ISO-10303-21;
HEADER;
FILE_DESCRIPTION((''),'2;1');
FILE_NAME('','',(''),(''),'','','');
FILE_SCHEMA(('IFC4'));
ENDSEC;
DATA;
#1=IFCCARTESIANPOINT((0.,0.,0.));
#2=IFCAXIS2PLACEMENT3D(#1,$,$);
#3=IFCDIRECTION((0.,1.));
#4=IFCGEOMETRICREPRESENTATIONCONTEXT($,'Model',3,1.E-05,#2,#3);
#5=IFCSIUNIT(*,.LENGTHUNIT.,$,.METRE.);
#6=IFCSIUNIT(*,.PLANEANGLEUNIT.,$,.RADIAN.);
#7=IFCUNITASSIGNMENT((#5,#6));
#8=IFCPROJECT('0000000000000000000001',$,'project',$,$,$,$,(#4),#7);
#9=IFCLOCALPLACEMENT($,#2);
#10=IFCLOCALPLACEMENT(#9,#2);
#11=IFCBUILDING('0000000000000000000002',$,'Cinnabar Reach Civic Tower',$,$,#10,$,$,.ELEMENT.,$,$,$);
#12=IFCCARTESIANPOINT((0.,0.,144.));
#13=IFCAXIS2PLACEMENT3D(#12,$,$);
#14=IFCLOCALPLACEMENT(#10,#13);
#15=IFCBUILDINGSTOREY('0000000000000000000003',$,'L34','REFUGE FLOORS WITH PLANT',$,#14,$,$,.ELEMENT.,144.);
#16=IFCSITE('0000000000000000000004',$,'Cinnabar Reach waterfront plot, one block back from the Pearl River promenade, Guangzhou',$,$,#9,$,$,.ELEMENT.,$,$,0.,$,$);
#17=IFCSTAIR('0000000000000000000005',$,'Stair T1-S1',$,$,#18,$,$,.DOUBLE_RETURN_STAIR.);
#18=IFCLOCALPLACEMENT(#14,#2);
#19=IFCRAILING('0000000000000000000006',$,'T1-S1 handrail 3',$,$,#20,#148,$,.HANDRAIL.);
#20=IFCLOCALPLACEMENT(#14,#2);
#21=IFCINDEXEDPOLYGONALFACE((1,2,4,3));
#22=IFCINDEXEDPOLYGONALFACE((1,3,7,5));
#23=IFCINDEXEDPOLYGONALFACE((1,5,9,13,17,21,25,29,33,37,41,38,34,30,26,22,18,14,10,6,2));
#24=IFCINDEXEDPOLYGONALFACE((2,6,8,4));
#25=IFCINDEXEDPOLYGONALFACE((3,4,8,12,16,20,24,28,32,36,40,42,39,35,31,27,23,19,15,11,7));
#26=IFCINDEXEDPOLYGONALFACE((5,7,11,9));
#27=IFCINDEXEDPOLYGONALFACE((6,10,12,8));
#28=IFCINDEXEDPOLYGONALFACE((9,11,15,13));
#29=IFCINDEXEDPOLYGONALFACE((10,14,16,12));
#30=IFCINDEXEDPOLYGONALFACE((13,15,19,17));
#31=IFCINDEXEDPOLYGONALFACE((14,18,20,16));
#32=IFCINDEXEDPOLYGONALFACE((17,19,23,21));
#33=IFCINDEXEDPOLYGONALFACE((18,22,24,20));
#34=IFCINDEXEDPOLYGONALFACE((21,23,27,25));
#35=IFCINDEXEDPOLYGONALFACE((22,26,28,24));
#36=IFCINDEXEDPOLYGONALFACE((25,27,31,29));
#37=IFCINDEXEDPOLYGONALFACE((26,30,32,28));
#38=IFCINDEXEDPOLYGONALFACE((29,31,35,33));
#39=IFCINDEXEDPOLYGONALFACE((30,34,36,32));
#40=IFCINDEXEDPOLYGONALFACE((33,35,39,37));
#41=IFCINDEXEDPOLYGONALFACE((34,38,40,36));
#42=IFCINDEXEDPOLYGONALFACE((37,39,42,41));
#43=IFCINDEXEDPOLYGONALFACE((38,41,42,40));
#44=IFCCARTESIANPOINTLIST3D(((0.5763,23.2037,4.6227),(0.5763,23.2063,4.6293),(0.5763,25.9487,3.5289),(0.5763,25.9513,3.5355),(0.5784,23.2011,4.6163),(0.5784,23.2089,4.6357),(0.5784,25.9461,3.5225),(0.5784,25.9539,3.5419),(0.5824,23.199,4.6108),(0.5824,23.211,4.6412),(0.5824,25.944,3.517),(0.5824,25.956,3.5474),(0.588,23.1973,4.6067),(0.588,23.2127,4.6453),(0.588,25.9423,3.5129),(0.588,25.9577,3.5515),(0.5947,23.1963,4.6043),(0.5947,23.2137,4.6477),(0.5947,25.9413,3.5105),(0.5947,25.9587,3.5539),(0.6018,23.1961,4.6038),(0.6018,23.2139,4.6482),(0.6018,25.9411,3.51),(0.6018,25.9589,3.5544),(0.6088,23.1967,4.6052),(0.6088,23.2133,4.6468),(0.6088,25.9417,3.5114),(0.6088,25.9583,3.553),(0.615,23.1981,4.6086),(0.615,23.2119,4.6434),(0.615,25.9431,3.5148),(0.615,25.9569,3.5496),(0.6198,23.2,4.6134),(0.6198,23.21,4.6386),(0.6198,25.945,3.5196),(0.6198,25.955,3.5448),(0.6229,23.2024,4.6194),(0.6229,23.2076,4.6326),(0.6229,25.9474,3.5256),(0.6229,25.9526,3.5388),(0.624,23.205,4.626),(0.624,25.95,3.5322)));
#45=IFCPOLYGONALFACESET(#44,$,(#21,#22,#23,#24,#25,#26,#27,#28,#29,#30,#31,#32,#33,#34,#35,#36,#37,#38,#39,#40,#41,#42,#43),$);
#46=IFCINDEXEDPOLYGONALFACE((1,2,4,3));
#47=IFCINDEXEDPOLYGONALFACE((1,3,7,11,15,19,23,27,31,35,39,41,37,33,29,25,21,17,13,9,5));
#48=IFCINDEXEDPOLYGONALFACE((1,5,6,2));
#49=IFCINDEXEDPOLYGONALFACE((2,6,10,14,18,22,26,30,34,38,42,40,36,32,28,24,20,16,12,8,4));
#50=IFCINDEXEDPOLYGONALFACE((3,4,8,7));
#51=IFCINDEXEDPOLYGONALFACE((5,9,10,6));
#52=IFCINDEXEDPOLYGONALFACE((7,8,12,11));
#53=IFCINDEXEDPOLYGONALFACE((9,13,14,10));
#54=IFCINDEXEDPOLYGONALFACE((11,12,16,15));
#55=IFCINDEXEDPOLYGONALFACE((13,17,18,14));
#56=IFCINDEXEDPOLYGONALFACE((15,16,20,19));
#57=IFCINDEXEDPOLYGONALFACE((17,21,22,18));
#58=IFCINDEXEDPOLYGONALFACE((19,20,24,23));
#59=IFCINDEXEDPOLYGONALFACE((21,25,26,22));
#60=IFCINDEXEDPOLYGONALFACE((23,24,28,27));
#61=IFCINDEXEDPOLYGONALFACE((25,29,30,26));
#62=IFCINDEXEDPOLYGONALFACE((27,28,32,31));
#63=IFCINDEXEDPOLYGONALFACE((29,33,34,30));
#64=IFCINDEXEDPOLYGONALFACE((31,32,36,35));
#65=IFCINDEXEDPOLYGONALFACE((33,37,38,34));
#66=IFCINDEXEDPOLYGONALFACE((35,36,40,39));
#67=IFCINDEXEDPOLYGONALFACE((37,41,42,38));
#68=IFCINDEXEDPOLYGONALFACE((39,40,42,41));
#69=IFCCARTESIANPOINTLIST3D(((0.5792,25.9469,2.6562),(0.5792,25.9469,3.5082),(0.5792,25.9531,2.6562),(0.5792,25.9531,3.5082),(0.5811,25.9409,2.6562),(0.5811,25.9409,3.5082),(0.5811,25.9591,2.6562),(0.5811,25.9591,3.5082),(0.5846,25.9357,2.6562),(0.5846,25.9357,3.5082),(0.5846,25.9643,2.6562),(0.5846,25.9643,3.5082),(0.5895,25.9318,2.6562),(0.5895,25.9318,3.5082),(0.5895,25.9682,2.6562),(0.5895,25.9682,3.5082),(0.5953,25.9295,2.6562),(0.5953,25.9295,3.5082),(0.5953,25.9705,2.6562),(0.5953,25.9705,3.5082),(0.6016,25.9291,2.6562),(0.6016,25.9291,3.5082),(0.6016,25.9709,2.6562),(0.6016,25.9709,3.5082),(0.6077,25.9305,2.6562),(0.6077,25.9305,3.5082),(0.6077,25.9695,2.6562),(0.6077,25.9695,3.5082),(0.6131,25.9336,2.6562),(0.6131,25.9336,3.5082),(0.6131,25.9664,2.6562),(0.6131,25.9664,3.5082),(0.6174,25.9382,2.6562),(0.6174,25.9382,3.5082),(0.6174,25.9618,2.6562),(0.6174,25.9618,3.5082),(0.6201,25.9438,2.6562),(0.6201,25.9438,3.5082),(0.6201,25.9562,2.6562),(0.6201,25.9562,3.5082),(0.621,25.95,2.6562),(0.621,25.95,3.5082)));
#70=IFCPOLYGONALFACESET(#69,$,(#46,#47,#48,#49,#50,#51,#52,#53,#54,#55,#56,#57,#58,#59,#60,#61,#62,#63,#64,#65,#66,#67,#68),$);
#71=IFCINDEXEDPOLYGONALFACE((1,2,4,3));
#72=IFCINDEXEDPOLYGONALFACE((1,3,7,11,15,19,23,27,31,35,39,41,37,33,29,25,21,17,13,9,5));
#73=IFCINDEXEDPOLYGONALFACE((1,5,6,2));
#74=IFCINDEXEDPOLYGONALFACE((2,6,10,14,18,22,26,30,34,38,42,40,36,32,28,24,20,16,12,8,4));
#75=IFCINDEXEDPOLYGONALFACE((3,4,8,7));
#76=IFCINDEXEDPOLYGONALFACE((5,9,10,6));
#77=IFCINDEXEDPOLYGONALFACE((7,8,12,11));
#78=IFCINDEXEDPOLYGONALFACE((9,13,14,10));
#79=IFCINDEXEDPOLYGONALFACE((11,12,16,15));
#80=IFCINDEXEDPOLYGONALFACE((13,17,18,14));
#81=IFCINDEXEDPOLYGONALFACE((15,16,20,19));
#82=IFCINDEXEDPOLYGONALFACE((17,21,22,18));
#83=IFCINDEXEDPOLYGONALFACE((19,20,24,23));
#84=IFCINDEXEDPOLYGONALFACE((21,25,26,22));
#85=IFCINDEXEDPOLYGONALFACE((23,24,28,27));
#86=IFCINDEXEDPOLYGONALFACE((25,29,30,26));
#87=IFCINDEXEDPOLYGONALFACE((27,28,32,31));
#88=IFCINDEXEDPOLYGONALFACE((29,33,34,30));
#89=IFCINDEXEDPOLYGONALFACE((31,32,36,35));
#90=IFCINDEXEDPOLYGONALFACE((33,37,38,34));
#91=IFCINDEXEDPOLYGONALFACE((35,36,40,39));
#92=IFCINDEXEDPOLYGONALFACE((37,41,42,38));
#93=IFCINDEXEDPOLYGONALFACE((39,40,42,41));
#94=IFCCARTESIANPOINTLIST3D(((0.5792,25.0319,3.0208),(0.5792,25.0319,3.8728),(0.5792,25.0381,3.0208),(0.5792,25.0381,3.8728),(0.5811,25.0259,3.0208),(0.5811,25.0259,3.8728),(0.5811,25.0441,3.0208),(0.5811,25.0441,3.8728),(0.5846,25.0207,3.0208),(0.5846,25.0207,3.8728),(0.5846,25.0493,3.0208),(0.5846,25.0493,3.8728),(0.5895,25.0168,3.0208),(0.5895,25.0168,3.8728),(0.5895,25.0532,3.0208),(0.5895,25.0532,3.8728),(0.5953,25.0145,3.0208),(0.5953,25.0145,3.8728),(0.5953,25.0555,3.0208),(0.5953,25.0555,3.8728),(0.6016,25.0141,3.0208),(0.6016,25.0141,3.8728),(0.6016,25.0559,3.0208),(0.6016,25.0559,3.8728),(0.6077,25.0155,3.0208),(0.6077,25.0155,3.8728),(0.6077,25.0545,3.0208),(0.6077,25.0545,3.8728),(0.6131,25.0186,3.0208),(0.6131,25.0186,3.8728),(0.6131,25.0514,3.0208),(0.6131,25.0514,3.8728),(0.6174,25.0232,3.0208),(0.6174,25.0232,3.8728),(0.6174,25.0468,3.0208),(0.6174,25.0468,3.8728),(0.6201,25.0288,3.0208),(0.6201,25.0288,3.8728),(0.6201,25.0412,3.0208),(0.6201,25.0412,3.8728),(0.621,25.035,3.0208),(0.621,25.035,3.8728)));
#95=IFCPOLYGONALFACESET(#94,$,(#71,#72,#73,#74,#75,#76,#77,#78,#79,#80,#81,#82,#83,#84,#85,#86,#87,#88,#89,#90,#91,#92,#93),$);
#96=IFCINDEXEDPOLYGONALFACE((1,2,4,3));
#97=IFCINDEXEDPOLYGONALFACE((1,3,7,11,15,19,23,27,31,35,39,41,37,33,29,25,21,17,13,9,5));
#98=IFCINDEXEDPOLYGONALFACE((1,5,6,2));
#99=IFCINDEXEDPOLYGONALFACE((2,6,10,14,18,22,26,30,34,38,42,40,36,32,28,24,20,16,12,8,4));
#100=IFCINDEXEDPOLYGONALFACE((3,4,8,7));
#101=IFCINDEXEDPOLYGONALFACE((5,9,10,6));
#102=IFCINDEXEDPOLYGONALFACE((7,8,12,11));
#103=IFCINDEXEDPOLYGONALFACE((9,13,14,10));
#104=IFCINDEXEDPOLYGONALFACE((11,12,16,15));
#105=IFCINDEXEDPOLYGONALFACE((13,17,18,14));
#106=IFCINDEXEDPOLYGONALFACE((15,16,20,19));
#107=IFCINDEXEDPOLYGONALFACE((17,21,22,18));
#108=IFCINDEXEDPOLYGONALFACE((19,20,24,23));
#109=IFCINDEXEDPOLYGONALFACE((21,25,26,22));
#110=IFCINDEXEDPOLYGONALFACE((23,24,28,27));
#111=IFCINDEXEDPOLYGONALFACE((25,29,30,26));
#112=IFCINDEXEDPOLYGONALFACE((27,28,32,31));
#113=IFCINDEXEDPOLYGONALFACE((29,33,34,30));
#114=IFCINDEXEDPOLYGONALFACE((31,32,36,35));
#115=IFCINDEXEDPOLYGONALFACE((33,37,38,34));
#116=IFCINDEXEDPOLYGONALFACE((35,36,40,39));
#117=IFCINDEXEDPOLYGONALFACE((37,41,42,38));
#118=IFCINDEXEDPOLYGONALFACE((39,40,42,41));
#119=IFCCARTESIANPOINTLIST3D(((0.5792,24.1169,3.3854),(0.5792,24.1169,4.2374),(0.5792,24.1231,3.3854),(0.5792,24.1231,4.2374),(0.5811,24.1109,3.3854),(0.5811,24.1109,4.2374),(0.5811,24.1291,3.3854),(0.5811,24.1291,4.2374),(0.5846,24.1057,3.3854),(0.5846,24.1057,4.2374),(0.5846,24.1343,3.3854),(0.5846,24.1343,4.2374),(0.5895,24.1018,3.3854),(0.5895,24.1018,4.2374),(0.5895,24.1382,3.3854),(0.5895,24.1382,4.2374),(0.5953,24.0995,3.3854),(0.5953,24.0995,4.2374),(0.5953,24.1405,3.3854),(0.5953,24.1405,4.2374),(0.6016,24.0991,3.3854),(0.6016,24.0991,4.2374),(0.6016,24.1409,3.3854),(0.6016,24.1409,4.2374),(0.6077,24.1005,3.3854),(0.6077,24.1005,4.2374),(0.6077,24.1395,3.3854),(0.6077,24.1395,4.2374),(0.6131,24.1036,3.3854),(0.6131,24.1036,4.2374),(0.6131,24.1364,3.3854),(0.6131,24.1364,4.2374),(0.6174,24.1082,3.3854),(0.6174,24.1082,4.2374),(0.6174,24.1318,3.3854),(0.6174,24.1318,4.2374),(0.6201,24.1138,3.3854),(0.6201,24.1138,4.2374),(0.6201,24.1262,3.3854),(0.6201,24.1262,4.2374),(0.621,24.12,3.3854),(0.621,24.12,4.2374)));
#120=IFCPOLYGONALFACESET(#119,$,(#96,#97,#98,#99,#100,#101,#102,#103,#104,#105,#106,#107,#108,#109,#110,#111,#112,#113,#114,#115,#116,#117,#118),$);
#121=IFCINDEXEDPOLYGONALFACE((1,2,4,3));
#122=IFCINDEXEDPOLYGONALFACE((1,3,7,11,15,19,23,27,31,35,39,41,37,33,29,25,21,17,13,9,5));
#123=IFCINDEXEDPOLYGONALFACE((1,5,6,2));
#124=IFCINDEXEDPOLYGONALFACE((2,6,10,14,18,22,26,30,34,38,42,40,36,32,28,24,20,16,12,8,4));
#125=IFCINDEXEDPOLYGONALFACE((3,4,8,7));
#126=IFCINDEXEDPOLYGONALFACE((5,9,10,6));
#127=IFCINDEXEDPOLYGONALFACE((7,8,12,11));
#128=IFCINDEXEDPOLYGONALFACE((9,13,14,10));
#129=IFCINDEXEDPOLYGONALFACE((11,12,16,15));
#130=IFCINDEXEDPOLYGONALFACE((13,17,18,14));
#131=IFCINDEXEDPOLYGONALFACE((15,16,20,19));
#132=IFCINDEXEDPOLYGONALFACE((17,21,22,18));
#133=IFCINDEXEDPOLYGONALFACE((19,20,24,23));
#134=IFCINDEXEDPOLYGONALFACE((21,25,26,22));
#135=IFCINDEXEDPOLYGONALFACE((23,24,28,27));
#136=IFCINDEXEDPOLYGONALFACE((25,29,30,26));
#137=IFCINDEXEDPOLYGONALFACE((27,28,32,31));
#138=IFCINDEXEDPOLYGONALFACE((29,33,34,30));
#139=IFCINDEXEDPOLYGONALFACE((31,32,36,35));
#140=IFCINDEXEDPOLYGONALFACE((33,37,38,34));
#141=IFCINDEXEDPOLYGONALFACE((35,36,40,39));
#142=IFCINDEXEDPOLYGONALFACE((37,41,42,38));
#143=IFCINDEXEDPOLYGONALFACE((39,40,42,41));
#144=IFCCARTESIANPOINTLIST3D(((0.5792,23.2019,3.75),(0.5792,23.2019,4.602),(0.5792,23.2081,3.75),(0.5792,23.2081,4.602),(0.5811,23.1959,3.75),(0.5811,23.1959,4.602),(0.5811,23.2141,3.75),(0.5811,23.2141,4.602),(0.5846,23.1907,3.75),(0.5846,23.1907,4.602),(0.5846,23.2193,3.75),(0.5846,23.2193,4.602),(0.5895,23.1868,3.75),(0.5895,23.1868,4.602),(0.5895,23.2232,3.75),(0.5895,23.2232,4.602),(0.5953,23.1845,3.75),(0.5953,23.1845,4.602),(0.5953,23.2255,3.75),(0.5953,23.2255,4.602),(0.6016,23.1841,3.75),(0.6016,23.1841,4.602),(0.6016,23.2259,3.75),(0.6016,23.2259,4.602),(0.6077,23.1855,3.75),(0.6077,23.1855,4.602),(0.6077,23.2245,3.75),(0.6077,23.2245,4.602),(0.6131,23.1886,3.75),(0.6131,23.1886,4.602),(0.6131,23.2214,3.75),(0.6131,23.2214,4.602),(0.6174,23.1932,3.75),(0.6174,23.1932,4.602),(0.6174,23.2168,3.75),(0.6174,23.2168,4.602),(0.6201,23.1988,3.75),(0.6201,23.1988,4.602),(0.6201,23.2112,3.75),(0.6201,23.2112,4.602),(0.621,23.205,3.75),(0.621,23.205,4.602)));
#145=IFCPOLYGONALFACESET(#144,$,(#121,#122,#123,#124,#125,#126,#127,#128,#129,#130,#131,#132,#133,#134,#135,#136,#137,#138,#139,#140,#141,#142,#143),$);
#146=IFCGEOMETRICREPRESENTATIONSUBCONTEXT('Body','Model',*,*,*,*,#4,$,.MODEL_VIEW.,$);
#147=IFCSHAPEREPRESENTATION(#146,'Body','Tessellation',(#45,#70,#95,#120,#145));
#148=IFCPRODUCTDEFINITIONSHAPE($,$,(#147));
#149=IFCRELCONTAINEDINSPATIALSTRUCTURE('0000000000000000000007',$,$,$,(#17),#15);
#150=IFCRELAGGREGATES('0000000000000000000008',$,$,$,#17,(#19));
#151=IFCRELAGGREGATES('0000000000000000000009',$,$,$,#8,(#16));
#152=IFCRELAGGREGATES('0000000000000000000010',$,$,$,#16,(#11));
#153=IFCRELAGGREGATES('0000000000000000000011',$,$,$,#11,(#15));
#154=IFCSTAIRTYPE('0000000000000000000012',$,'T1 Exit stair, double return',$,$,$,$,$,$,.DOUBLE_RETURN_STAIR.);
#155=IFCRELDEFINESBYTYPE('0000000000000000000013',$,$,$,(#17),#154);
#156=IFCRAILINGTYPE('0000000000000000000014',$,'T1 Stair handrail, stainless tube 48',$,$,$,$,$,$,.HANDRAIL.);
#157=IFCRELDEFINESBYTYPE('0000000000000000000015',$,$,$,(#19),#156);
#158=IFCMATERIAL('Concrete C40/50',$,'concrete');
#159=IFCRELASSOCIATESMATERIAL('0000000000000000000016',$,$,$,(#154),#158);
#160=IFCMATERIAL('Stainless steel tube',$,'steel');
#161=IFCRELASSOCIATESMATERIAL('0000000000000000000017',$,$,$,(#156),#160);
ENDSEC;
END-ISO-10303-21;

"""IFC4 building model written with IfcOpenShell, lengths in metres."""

from ifc_helpers import new_model, si_unit, direction, frame, origin, origin_2d, place, context, subcontext, project, spatial, circle, extrude, material, type_object, element, aggregate, save


model = new_model("IFC4")

# Units and contexts
model_context = context("Model", 3, precision=1e-05, world=origin(), true_north=direction((0.0, 1.0)))
body_context = subcontext(model_context, "Body", "Model", "MODEL_VIEW")
ifc_project = project(units=[si_unit("LENGTHUNIT", "METRE"), si_unit("PLANEANGLEUNIT", "RADIAN")], contexts=[model_context])

# Site, building, storey
site_placement = place(None, origin())
site = spatial("IfcSite", under=ifc_project, at=site_placement, Name="Cinnabar Reach waterfront plot, one block back from the Pearl River promenade, Guangzhou", CompositionType="ELEMENT", RefElevation=0.0)
building_placement = place(site_placement, origin())
building = spatial("IfcBuilding", under=site, at=building_placement, Name="Cinnabar Reach Civic Tower", CompositionType="ELEMENT")
storey_placement = place(building_placement, frame((0.0, 0.0, 144.0)))
storey = spatial("IfcBuildingStorey", under=building, at=storey_placement, Name="L34", Description="REFUGE FLOORS WITH PLANT", CompositionType="ELEMENT", Elevation=144.0)

# Shared definitions
ifc_material_1 = material(Name="Concrete C40/50", Category="concrete")

# Stair, railing
stair_type = type_object("IfcStairType", Name="T1 Exit stair, double return", PredefinedType="DOUBLE_RETURN_STAIR", material=ifc_material_1)
stair_placement = place(storey_placement, origin())
stair = element("IfcStair", 1, at=stair_placement, inside=storey, type_object=stair_type, Name="Stair T1-S1", PredefinedType="DOUBLE_RETURN_STAIR")
ifc_material_2 = material(Name="Stainless steel tube", Category="steel")
railing_type = type_object("IfcRailingType", Name="T1 Stair handrail, stainless tube 48", PredefinedType="HANDRAIL", material=ifc_material_2)
railing_1_placement = place(storey_placement, frame((0.6, 25.95, 2.6562)))
railing_1 = element("IfcRailing", 2, at=railing_1_placement, type_object=railing_type, Name="T1-S1 handrail 3", PredefinedType="HANDRAIL", context=body_context, shape_type="SweptSolid", body=[
    extrude(circle(Radius=0.024, at=origin_2d()), frame((0.0, 0.0, 0.876), z_axis=(0.0, -0.928966, 0.370165), x_axis=(1.0, 0.0, 0.0)), (0.0, 0.0, 1.0), 2.9549),
    extrude(circle(Radius=0.021, at=origin_2d()), origin(), (0.0, 0.0, 1.0), 0.852),
    extrude(circle(Radius=0.021, at=origin_2d()), frame((0.0, -0.915, 0.3646)), (0.0, 0.0, 1.0), 0.852),
    extrude(circle(Radius=0.021, at=origin_2d()), frame((0.0, -1.83, 0.7292)), (0.0, 0.0, 1.0), 0.852),
    extrude(circle(Radius=0.021, at=origin_2d()), frame((0.0, -2.745, 1.0938)), (0.0, 0.0, 1.0), 0.852),
])
aggregate(stair, [railing_1])

save(model, "model.ifc")
